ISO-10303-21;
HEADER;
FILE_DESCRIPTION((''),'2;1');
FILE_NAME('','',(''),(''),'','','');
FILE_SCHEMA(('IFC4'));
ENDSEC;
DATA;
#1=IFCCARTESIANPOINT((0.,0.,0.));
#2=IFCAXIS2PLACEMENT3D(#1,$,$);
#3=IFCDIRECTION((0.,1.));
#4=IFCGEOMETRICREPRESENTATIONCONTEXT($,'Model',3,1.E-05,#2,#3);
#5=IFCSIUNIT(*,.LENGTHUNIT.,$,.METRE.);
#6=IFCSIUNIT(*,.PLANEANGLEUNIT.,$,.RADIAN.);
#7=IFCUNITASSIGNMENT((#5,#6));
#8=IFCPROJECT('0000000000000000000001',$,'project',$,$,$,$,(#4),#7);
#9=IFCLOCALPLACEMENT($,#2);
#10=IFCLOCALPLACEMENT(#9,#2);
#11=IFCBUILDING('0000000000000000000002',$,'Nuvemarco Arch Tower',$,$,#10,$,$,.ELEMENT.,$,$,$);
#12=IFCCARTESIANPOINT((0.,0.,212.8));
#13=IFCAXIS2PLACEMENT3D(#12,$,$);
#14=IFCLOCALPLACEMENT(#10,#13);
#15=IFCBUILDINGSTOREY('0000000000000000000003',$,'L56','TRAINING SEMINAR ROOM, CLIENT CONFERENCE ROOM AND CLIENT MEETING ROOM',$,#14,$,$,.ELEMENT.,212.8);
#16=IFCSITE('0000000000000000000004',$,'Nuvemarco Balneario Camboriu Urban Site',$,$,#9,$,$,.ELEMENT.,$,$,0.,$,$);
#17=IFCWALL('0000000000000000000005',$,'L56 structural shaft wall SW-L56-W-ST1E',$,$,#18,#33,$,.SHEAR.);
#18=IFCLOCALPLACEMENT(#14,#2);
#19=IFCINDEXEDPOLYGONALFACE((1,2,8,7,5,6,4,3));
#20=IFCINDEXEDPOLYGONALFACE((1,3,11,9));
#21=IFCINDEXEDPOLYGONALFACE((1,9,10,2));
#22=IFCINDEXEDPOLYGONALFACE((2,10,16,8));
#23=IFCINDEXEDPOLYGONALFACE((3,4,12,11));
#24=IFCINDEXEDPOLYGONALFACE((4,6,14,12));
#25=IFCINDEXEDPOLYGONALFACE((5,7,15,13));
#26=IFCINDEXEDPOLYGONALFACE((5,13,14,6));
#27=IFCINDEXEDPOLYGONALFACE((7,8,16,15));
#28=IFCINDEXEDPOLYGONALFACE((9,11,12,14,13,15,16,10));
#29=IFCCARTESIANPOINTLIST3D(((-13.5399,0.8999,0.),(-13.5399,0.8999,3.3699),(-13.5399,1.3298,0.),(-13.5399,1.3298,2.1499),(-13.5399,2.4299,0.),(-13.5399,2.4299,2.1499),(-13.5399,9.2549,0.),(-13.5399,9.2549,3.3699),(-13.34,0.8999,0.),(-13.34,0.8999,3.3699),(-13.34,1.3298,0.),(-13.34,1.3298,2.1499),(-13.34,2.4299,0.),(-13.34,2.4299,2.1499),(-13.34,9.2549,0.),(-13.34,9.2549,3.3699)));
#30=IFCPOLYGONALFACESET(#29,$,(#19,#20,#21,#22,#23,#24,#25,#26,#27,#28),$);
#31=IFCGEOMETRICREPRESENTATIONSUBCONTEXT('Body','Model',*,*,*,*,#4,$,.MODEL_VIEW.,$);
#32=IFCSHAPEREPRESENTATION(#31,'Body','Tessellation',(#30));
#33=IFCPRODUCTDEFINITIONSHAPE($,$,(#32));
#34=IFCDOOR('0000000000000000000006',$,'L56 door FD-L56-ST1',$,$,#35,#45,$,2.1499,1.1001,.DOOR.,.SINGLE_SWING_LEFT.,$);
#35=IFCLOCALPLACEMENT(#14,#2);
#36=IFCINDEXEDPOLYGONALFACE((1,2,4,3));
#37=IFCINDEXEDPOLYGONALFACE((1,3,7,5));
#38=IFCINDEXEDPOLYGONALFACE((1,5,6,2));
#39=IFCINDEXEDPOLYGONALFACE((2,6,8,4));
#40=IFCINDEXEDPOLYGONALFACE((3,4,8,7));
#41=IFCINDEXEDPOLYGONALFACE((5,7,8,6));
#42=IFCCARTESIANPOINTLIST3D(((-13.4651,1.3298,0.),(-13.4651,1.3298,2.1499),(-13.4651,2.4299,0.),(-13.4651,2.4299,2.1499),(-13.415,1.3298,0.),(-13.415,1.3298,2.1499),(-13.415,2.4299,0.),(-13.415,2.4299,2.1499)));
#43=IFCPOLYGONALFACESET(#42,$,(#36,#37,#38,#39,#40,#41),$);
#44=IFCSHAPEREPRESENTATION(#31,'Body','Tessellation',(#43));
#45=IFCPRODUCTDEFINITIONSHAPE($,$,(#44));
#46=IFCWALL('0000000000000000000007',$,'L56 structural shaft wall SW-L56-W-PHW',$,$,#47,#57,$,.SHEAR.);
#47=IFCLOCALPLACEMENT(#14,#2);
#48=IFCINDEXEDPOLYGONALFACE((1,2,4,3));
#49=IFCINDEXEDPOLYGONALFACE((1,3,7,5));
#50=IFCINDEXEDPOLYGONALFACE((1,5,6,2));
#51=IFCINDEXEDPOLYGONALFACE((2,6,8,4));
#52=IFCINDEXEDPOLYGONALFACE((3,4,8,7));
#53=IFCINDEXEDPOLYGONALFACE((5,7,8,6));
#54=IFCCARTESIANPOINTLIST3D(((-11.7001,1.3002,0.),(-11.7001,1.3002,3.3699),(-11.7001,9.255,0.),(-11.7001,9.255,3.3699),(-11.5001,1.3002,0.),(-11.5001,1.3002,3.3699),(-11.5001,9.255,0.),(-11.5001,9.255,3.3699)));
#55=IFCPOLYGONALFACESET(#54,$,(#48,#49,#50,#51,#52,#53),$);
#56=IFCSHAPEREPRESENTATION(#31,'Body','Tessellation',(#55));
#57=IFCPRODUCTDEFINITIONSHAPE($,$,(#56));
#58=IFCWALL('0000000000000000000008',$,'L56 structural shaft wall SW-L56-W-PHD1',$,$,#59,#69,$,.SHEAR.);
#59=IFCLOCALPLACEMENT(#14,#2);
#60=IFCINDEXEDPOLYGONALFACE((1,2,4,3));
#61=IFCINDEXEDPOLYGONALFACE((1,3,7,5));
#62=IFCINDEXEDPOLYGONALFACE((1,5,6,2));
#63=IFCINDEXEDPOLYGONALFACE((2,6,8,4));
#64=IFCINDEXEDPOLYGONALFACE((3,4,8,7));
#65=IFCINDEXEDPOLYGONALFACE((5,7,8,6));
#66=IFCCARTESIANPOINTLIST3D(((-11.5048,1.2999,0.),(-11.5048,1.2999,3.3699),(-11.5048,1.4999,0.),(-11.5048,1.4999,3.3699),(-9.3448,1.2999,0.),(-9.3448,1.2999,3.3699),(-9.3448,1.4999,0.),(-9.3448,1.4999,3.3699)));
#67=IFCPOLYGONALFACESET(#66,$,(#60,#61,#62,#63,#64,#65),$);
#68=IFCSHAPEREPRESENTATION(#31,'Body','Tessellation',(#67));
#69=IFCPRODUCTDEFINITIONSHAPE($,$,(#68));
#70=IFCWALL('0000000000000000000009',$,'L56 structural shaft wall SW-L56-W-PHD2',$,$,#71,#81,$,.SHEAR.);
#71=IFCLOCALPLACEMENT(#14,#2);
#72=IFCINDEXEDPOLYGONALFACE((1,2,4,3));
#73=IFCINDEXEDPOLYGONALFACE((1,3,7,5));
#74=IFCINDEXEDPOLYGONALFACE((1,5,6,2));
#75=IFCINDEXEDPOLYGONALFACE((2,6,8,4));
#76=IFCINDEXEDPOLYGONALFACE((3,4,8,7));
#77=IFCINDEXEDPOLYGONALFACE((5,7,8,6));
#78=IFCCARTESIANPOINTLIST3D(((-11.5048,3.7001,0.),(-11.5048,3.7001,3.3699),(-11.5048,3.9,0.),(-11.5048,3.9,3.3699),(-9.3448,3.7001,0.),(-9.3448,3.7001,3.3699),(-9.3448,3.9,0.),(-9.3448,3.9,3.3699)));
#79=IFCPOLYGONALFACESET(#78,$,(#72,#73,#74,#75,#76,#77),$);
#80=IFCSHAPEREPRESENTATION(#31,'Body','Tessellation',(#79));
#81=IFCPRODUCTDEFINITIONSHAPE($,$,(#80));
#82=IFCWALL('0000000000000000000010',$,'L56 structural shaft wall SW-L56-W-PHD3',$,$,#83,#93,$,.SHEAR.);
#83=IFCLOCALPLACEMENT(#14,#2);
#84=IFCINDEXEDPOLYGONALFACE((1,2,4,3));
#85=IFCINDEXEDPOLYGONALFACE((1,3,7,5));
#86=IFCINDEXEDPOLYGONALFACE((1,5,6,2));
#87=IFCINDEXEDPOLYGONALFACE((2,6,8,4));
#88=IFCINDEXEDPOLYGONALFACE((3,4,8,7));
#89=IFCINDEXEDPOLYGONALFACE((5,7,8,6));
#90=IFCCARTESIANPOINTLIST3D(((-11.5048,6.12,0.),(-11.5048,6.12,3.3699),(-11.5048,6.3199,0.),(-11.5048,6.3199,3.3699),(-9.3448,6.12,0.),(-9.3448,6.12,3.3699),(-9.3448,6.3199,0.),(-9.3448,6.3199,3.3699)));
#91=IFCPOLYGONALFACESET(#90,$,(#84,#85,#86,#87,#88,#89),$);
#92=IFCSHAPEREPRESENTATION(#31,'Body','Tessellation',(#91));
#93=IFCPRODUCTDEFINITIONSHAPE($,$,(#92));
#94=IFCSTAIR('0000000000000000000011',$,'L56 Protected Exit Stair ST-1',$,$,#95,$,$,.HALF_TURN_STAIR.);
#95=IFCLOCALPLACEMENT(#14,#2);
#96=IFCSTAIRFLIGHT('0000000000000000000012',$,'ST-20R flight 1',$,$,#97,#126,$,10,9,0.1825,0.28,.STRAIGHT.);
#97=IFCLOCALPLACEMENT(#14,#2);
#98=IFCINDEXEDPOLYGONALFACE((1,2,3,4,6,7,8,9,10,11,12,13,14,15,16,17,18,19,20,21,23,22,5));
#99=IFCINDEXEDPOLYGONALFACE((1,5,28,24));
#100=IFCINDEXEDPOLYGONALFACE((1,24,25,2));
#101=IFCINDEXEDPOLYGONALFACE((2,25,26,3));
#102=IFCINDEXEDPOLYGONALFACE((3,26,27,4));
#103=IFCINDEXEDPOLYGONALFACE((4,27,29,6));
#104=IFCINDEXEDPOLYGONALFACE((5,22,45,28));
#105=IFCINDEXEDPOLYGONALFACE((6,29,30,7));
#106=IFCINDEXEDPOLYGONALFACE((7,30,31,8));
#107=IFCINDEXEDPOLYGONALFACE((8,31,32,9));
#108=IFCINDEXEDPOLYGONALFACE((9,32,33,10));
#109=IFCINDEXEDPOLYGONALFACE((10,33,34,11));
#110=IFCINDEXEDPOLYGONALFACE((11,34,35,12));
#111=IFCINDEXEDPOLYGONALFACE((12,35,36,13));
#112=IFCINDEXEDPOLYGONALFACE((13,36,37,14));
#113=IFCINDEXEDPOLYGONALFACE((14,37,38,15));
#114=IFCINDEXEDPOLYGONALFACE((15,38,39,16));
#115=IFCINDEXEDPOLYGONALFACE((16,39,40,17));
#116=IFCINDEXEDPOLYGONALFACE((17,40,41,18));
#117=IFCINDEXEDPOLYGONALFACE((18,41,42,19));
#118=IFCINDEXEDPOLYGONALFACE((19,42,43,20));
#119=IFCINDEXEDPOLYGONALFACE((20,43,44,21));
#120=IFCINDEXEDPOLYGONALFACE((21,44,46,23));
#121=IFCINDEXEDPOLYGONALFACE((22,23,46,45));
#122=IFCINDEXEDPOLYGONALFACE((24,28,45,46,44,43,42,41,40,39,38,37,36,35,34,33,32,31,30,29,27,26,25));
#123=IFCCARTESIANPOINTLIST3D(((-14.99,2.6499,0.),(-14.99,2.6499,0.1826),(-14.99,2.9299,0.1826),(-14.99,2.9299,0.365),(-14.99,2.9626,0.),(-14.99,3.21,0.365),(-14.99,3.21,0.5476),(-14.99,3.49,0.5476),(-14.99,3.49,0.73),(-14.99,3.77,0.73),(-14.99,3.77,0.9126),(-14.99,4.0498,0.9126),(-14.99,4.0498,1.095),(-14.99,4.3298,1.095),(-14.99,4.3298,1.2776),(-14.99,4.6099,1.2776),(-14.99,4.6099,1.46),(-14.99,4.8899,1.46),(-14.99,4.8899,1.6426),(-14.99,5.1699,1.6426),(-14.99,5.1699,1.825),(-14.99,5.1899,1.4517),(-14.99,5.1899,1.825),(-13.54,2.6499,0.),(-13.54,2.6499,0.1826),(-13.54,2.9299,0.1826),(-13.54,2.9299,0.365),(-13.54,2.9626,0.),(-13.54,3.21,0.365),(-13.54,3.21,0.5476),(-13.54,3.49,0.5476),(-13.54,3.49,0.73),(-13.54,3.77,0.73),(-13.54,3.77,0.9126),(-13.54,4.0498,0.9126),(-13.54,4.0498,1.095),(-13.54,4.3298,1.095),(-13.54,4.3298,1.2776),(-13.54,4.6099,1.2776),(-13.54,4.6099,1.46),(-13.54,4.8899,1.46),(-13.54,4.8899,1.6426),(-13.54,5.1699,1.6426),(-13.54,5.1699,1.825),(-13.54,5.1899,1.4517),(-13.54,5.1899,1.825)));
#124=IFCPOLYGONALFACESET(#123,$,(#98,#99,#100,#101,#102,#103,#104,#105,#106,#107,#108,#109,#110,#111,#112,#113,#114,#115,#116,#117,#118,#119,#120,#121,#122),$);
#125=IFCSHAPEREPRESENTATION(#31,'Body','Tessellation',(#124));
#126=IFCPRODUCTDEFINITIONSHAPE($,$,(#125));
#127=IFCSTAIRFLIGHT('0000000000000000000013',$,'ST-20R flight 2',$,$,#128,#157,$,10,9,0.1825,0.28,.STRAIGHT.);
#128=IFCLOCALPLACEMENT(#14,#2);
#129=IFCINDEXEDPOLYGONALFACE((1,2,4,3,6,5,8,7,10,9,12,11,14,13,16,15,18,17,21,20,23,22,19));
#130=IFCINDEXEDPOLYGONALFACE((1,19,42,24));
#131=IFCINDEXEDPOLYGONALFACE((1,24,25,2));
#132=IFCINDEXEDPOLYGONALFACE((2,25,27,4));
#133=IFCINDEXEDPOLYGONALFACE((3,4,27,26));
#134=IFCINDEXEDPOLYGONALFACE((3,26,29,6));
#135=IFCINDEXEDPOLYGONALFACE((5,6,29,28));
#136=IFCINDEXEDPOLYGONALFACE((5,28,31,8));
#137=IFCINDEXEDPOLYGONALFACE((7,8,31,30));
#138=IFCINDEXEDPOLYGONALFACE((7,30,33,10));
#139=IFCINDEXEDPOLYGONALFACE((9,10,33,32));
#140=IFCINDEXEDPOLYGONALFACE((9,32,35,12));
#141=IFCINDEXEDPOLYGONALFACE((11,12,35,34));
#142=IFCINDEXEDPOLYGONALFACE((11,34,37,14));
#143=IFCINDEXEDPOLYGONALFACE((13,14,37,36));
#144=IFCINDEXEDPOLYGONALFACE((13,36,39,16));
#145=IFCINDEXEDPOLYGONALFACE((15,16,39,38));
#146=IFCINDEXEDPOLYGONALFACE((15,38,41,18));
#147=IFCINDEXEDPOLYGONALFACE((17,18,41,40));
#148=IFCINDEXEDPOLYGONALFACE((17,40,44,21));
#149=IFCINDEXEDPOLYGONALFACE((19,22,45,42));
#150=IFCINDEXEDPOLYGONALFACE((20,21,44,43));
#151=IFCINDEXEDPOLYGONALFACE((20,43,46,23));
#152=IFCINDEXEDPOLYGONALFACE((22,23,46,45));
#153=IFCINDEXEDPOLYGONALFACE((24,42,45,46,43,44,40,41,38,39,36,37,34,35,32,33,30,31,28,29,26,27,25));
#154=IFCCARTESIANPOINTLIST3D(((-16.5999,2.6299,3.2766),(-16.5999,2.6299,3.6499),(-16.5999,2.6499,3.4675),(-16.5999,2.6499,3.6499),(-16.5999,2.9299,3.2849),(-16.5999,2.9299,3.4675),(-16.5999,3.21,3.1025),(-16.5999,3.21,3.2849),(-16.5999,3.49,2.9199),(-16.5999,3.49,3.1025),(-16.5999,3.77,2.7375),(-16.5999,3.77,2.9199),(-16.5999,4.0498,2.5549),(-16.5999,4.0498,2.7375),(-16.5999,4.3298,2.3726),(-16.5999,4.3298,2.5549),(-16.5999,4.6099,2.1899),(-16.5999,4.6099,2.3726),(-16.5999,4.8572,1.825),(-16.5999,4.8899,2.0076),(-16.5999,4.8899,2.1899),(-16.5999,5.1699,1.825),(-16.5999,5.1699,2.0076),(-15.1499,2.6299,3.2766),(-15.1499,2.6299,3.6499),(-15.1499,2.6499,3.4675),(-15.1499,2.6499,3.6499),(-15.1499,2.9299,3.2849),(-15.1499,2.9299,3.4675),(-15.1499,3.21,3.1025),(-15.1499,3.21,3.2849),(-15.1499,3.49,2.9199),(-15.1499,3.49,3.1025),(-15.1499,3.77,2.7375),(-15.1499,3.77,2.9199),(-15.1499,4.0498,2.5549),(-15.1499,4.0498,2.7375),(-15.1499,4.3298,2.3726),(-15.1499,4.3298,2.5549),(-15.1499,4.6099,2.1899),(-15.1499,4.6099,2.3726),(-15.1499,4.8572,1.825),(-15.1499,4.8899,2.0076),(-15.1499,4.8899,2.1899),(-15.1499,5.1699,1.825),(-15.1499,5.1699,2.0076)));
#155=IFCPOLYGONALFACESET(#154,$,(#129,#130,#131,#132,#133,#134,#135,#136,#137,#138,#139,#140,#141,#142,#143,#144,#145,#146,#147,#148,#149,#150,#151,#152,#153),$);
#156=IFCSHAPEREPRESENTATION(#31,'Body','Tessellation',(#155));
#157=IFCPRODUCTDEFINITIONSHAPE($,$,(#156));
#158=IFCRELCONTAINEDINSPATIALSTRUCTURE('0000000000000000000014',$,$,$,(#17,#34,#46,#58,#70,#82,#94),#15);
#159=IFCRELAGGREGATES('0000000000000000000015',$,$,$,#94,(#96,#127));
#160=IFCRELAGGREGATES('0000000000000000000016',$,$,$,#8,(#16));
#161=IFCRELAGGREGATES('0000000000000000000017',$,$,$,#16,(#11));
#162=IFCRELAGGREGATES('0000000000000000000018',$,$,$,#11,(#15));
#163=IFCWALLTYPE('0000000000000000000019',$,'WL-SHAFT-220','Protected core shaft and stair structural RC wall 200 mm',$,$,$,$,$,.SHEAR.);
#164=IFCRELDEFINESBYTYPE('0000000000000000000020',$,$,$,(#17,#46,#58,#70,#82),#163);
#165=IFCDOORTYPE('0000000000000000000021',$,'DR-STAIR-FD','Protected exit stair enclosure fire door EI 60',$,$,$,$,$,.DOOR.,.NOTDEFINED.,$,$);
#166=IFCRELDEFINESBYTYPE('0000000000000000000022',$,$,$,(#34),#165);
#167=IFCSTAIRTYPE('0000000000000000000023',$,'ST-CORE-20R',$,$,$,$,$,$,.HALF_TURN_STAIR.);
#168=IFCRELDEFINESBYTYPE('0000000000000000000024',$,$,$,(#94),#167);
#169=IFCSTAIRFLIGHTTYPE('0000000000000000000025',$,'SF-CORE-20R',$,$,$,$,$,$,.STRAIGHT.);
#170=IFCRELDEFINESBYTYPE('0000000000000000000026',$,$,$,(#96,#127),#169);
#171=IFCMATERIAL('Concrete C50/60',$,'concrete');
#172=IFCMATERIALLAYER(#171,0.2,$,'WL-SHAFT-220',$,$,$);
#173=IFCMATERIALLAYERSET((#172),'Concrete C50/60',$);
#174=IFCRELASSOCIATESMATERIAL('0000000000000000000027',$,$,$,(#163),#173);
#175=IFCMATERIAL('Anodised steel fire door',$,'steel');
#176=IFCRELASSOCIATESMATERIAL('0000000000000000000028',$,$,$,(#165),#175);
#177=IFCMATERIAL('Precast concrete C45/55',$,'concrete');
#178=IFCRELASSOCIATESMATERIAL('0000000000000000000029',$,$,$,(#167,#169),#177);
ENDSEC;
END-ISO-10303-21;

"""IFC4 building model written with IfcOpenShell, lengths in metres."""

from ifc_helpers import new_model, si_unit, direction, frame, frame_2d, origin, place, context, subcontext, project, spatial, polyline, rectangle, outline, extrude, source, transform, mapped, material, layer, layer_set, type_object, type_shapes, element, fill, aggregate, save


model = new_model("IFC4")

# Units and contexts
model_context = context("Model", 3, precision=1e-05, world=origin(), true_north=direction((0.0, 1.0)))
body_context = subcontext(model_context, "Body", "Model", "MODEL_VIEW")
ifc_project = project(units=[si_unit("LENGTHUNIT", "METRE"), si_unit("PLANEANGLEUNIT", "RADIAN")], contexts=[model_context])

# Site, building, storey
site_placement = place(None, origin())
site = spatial("IfcSite", under=ifc_project, at=site_placement, Name="Nuvemarco Balneario Camboriu Urban Site", CompositionType="ELEMENT", RefElevation=0.0)
building_placement = place(site_placement, origin())
building = spatial("IfcBuilding", under=site, at=building_placement, Name="Nuvemarco Arch Tower", CompositionType="ELEMENT")
storey_placement = place(building_placement, frame((0.0, 0.0, 212.8)))
storey = spatial("IfcBuildingStorey", under=building, at=storey_placement, Name="L56", Description="TRAINING SEMINAR ROOM, CLIENT CONFERENCE ROOM AND CLIENT MEETING ROOM", CompositionType="ELEMENT", Elevation=212.8)

# Shared definitions
ifc_material_1 = material(Name="Concrete C50/60", Category="concrete")

# Shared definitions
ifc_material_2 = material(Name="Precast concrete C45/55", Category="concrete")

# Wall, opening, door
ifc_layer_1 = layer(ifc_material_1, 0.2, Name="WL-SHAFT-220")
ifc_layer_set_1 = layer_set([ifc_layer_1], Name="Concrete C50/60")
wall_type_1 = type_object("IfcWallType", Name="WL-SHAFT-220", Description="Protected core shaft and stair structural RC wall 200 mm", PredefinedType="SHEAR", material=ifc_layer_set_1)
wall_1_placement = place(storey_placement, frame((-13.4399, 0.8999, 0.0), z_axis=(0.0, 0.0, 1.0), x_axis=(0.0, 1.0, 0.0)))
wall_1 = element("IfcWall", 1, at=wall_1_placement, inside=storey, type_object=wall_type_1, Name="L56 structural shaft wall SW-L56-W-ST1E", PredefinedType="SHEAR", context=body_context, shape_type="SweptSolid", body=[
    extrude(rectangle(XDim=8.355, YDim=0.2, at=frame_2d((4.1775, 0.0))), origin(), (0.0, 0.0, 1.0), 3.3699),
])
opening_1_placement = place(wall_1_placement, frame((1.53, 0.0, 0.0), z_axis=(0.0, 0.0, 1.0), x_axis=(-1.0, 0.0, 0.0)))
opening_1 = element("IfcOpeningElement", 2, at=opening_1_placement, cuts=wall_1, PredefinedType="OPENING", context=body_context, shape_type="SweptSolid", body=[
    extrude(rectangle(XDim=1.1001, YDim=2.1499, at=frame_2d((0.55, 1.075))), frame((0.0, 0.1099, 0.0), z_axis=(0.0, -1.0, 0.0), x_axis=(1.0, 0.0, 0.0)), (0.0, 0.0, 1.0), 0.22),
])
ifc_material_3 = material(Name="Anodised steel fire door", Category="steel")
door_type_1 = type_object("IfcDoorType", Name="DR-STAIR-FD", Description="Protected exit stair enclosure fire door EI 60", OperationType="NOTDEFINED", PredefinedType="DOOR", material=ifc_material_3)
shared_shape_1 = source(origin(), body_context, "Body", "SweptSolid", [
    extrude(rectangle(XDim=1.1001, YDim=2.1499, at=frame_2d((0.55, 1.075))), frame((0.0, 0.0249, 0.0), z_axis=(0.0, -1.0, 0.0), x_axis=(1.0, 0.0, 0.0)), (0.0, 0.0, 1.0), 0.05),
])
type_shapes(door_type_1, [shared_shape_1])
door_1_placement = place(opening_1_placement, origin())
door_1 = element("IfcDoor", 3, at=door_1_placement, inside=storey, type_object=door_type_1, Name="L56 door FD-L56-ST1", OperationType="SINGLE_SWING_LEFT", OverallHeight=2.1499, OverallWidth=1.1001, PredefinedType="DOOR", context=body_context, shape_type="MappedRepresentation", body=[
    mapped(shared_shape_1, transform((0.0, 0.0, 0.0), scale=1.0)),
])
fill(opening_1, door_1)

# Walls
wall_2_placement = place(storey_placement, frame((-11.6001, 1.3, 0.0), z_axis=(0.0, 0.0, 1.0), x_axis=(0.0, 1.0, 0.0)))
element("IfcWall", 4, at=wall_2_placement, inside=storey, type_object=wall_type_1, Name="L56 structural shaft wall SW-L56-W-PHW", PredefinedType="SHEAR", context=body_context, shape_type="SweptSolid", body=[
    extrude(rectangle(XDim=7.9548, YDim=0.2, at=frame_2d((3.9775, 0.0))), origin(), (0.0, 0.0, 1.0), 3.3699),
])
for number, where, z_axis, x_axis, name in (
    (5, (-11.5049, 1.3999, 0.0), (0.0, 0.0, 1.0), (1.0, 0.0, 0.0), "L56 structural shaft wall SW-L56-W-PHD1"),
    (6, (-11.5049, 3.8, 0.0), (0.0, 0.0, 1.0), (1.0, 0.0, 0.0), "L56 structural shaft wall SW-L56-W-PHD2"),
    (7, (-11.5049, 6.22, 0.0), (0.0, 0.0, 1.0), (1.0, 0.0, 0.0), "L56 structural shaft wall SW-L56-W-PHD3"),
):
    element("IfcWall", number, at=place(storey_placement, frame(where, z_axis=z_axis, x_axis=x_axis)), inside=storey, type_object=wall_type_1, Name=name, PredefinedType="SHEAR", context=body_context, shape_type="SweptSolid", body=[
        extrude(rectangle(XDim=2.1599, YDim=0.2, at=frame_2d((1.0801, 0.0))), origin(), (0.0, 0.0, 1.0), 3.3699),
    ])

# Stair, stair flights
stair_type = type_object("IfcStairType", Name="ST-CORE-20R", PredefinedType="HALF_TURN_STAIR", material=ifc_material_2)
stair_placement = place(storey_placement, origin())
stair = element("IfcStair", 8, at=stair_placement, inside=storey, type_object=stair_type, Name="L56 Protected Exit Stair ST-1", PredefinedType="HALF_TURN_STAIR")
stair_flight_type = type_object("IfcStairFlightType", Name="SF-CORE-20R", PredefinedType="STRAIGHT", material=ifc_material_2)
stair_flight_1_placement = place(storey_placement, frame((-14.2649, 2.6499, 0.0), z_axis=(0.0, 0.0, 1.0), x_axis=(0.0, 1.0, 0.0)))
stair_flight_1 = element("IfcStairFlight", 9, at=stair_flight_1_placement, type_object=stair_flight_type, Name="ST-20R flight 1", NumberOfRisers=10, NumberOfTreads=9, PredefinedType="STRAIGHT", RiserHeight=0.1825, TreadLength=0.28, context=body_context, shape_type="SweptSolid", body=[
    extrude(outline(polyline([(0.0, 0.0), (0.0, 0.1826), (0.28, 0.1826), (0.28, 0.365), (0.5601, 0.365), (0.5601, 0.5476), (0.8401, 0.5476), (0.8401, 0.73), (1.1201, 0.73), (1.1201, 0.9126), (1.3999, 0.9126), (1.3999, 1.095), (1.6799, 1.095), (1.6799, 1.2776), (1.96, 1.2776), (1.96, 1.46), (2.24, 1.46), (2.24, 1.6426), (2.52, 1.6426), (2.52, 1.825), (2.54, 1.825), (2.54, 1.4517), (0.3127, 0.0), (0.0, 0.0)])), frame((0.0, 0.7251, 0.0), z_axis=(0.0, -1.0, 0.0), x_axis=(1.0, 0.0, 0.0)), (0.0, 0.0, 1.0), 1.45),
])
stair_flight_2_placement = place(storey_placement, frame((-15.875, 5.1699, 1.825), z_axis=(0.0, 0.0, 1.0), x_axis=(0.0, -1.0, 0.0)))
stair_flight_2 = element("IfcStairFlight", 10, at=stair_flight_2_placement, type_object=stair_flight_type, Name="ST-20R flight 2", NumberOfRisers=10, NumberOfTreads=9, PredefinedType="STRAIGHT", RiserHeight=0.1825, TreadLength=0.28, context=body_context, shape_type="SweptSolid", body=[
    extrude(outline(polyline([(0.0, 0.0), (0.0, 0.1826), (0.28, 0.1826), (0.28, 0.365), (0.5601, 0.365), (0.5601, 0.5476), (0.8401, 0.5476), (0.8401, 0.73), (1.1201, 0.73), (1.1201, 0.9126), (1.3999, 0.9126), (1.3999, 1.095), (1.6799, 1.095), (1.6799, 1.2776), (1.96, 1.2776), (1.96, 1.46), (2.24, 1.46), (2.24, 1.6426), (2.52, 1.6426), (2.52, 1.825), (2.54, 1.825), (2.54, 1.4517), (0.3127, 0.0), (0.0, 0.0)])), frame((0.0, 0.7251, 0.0), z_axis=(0.0, -1.0, 0.0), x_axis=(1.0, 0.0, 0.0)), (0.0, 0.0, 1.0), 1.45),
])
aggregate(stair, [stair_flight_1, stair_flight_2])

save(model, "model.ifc")
